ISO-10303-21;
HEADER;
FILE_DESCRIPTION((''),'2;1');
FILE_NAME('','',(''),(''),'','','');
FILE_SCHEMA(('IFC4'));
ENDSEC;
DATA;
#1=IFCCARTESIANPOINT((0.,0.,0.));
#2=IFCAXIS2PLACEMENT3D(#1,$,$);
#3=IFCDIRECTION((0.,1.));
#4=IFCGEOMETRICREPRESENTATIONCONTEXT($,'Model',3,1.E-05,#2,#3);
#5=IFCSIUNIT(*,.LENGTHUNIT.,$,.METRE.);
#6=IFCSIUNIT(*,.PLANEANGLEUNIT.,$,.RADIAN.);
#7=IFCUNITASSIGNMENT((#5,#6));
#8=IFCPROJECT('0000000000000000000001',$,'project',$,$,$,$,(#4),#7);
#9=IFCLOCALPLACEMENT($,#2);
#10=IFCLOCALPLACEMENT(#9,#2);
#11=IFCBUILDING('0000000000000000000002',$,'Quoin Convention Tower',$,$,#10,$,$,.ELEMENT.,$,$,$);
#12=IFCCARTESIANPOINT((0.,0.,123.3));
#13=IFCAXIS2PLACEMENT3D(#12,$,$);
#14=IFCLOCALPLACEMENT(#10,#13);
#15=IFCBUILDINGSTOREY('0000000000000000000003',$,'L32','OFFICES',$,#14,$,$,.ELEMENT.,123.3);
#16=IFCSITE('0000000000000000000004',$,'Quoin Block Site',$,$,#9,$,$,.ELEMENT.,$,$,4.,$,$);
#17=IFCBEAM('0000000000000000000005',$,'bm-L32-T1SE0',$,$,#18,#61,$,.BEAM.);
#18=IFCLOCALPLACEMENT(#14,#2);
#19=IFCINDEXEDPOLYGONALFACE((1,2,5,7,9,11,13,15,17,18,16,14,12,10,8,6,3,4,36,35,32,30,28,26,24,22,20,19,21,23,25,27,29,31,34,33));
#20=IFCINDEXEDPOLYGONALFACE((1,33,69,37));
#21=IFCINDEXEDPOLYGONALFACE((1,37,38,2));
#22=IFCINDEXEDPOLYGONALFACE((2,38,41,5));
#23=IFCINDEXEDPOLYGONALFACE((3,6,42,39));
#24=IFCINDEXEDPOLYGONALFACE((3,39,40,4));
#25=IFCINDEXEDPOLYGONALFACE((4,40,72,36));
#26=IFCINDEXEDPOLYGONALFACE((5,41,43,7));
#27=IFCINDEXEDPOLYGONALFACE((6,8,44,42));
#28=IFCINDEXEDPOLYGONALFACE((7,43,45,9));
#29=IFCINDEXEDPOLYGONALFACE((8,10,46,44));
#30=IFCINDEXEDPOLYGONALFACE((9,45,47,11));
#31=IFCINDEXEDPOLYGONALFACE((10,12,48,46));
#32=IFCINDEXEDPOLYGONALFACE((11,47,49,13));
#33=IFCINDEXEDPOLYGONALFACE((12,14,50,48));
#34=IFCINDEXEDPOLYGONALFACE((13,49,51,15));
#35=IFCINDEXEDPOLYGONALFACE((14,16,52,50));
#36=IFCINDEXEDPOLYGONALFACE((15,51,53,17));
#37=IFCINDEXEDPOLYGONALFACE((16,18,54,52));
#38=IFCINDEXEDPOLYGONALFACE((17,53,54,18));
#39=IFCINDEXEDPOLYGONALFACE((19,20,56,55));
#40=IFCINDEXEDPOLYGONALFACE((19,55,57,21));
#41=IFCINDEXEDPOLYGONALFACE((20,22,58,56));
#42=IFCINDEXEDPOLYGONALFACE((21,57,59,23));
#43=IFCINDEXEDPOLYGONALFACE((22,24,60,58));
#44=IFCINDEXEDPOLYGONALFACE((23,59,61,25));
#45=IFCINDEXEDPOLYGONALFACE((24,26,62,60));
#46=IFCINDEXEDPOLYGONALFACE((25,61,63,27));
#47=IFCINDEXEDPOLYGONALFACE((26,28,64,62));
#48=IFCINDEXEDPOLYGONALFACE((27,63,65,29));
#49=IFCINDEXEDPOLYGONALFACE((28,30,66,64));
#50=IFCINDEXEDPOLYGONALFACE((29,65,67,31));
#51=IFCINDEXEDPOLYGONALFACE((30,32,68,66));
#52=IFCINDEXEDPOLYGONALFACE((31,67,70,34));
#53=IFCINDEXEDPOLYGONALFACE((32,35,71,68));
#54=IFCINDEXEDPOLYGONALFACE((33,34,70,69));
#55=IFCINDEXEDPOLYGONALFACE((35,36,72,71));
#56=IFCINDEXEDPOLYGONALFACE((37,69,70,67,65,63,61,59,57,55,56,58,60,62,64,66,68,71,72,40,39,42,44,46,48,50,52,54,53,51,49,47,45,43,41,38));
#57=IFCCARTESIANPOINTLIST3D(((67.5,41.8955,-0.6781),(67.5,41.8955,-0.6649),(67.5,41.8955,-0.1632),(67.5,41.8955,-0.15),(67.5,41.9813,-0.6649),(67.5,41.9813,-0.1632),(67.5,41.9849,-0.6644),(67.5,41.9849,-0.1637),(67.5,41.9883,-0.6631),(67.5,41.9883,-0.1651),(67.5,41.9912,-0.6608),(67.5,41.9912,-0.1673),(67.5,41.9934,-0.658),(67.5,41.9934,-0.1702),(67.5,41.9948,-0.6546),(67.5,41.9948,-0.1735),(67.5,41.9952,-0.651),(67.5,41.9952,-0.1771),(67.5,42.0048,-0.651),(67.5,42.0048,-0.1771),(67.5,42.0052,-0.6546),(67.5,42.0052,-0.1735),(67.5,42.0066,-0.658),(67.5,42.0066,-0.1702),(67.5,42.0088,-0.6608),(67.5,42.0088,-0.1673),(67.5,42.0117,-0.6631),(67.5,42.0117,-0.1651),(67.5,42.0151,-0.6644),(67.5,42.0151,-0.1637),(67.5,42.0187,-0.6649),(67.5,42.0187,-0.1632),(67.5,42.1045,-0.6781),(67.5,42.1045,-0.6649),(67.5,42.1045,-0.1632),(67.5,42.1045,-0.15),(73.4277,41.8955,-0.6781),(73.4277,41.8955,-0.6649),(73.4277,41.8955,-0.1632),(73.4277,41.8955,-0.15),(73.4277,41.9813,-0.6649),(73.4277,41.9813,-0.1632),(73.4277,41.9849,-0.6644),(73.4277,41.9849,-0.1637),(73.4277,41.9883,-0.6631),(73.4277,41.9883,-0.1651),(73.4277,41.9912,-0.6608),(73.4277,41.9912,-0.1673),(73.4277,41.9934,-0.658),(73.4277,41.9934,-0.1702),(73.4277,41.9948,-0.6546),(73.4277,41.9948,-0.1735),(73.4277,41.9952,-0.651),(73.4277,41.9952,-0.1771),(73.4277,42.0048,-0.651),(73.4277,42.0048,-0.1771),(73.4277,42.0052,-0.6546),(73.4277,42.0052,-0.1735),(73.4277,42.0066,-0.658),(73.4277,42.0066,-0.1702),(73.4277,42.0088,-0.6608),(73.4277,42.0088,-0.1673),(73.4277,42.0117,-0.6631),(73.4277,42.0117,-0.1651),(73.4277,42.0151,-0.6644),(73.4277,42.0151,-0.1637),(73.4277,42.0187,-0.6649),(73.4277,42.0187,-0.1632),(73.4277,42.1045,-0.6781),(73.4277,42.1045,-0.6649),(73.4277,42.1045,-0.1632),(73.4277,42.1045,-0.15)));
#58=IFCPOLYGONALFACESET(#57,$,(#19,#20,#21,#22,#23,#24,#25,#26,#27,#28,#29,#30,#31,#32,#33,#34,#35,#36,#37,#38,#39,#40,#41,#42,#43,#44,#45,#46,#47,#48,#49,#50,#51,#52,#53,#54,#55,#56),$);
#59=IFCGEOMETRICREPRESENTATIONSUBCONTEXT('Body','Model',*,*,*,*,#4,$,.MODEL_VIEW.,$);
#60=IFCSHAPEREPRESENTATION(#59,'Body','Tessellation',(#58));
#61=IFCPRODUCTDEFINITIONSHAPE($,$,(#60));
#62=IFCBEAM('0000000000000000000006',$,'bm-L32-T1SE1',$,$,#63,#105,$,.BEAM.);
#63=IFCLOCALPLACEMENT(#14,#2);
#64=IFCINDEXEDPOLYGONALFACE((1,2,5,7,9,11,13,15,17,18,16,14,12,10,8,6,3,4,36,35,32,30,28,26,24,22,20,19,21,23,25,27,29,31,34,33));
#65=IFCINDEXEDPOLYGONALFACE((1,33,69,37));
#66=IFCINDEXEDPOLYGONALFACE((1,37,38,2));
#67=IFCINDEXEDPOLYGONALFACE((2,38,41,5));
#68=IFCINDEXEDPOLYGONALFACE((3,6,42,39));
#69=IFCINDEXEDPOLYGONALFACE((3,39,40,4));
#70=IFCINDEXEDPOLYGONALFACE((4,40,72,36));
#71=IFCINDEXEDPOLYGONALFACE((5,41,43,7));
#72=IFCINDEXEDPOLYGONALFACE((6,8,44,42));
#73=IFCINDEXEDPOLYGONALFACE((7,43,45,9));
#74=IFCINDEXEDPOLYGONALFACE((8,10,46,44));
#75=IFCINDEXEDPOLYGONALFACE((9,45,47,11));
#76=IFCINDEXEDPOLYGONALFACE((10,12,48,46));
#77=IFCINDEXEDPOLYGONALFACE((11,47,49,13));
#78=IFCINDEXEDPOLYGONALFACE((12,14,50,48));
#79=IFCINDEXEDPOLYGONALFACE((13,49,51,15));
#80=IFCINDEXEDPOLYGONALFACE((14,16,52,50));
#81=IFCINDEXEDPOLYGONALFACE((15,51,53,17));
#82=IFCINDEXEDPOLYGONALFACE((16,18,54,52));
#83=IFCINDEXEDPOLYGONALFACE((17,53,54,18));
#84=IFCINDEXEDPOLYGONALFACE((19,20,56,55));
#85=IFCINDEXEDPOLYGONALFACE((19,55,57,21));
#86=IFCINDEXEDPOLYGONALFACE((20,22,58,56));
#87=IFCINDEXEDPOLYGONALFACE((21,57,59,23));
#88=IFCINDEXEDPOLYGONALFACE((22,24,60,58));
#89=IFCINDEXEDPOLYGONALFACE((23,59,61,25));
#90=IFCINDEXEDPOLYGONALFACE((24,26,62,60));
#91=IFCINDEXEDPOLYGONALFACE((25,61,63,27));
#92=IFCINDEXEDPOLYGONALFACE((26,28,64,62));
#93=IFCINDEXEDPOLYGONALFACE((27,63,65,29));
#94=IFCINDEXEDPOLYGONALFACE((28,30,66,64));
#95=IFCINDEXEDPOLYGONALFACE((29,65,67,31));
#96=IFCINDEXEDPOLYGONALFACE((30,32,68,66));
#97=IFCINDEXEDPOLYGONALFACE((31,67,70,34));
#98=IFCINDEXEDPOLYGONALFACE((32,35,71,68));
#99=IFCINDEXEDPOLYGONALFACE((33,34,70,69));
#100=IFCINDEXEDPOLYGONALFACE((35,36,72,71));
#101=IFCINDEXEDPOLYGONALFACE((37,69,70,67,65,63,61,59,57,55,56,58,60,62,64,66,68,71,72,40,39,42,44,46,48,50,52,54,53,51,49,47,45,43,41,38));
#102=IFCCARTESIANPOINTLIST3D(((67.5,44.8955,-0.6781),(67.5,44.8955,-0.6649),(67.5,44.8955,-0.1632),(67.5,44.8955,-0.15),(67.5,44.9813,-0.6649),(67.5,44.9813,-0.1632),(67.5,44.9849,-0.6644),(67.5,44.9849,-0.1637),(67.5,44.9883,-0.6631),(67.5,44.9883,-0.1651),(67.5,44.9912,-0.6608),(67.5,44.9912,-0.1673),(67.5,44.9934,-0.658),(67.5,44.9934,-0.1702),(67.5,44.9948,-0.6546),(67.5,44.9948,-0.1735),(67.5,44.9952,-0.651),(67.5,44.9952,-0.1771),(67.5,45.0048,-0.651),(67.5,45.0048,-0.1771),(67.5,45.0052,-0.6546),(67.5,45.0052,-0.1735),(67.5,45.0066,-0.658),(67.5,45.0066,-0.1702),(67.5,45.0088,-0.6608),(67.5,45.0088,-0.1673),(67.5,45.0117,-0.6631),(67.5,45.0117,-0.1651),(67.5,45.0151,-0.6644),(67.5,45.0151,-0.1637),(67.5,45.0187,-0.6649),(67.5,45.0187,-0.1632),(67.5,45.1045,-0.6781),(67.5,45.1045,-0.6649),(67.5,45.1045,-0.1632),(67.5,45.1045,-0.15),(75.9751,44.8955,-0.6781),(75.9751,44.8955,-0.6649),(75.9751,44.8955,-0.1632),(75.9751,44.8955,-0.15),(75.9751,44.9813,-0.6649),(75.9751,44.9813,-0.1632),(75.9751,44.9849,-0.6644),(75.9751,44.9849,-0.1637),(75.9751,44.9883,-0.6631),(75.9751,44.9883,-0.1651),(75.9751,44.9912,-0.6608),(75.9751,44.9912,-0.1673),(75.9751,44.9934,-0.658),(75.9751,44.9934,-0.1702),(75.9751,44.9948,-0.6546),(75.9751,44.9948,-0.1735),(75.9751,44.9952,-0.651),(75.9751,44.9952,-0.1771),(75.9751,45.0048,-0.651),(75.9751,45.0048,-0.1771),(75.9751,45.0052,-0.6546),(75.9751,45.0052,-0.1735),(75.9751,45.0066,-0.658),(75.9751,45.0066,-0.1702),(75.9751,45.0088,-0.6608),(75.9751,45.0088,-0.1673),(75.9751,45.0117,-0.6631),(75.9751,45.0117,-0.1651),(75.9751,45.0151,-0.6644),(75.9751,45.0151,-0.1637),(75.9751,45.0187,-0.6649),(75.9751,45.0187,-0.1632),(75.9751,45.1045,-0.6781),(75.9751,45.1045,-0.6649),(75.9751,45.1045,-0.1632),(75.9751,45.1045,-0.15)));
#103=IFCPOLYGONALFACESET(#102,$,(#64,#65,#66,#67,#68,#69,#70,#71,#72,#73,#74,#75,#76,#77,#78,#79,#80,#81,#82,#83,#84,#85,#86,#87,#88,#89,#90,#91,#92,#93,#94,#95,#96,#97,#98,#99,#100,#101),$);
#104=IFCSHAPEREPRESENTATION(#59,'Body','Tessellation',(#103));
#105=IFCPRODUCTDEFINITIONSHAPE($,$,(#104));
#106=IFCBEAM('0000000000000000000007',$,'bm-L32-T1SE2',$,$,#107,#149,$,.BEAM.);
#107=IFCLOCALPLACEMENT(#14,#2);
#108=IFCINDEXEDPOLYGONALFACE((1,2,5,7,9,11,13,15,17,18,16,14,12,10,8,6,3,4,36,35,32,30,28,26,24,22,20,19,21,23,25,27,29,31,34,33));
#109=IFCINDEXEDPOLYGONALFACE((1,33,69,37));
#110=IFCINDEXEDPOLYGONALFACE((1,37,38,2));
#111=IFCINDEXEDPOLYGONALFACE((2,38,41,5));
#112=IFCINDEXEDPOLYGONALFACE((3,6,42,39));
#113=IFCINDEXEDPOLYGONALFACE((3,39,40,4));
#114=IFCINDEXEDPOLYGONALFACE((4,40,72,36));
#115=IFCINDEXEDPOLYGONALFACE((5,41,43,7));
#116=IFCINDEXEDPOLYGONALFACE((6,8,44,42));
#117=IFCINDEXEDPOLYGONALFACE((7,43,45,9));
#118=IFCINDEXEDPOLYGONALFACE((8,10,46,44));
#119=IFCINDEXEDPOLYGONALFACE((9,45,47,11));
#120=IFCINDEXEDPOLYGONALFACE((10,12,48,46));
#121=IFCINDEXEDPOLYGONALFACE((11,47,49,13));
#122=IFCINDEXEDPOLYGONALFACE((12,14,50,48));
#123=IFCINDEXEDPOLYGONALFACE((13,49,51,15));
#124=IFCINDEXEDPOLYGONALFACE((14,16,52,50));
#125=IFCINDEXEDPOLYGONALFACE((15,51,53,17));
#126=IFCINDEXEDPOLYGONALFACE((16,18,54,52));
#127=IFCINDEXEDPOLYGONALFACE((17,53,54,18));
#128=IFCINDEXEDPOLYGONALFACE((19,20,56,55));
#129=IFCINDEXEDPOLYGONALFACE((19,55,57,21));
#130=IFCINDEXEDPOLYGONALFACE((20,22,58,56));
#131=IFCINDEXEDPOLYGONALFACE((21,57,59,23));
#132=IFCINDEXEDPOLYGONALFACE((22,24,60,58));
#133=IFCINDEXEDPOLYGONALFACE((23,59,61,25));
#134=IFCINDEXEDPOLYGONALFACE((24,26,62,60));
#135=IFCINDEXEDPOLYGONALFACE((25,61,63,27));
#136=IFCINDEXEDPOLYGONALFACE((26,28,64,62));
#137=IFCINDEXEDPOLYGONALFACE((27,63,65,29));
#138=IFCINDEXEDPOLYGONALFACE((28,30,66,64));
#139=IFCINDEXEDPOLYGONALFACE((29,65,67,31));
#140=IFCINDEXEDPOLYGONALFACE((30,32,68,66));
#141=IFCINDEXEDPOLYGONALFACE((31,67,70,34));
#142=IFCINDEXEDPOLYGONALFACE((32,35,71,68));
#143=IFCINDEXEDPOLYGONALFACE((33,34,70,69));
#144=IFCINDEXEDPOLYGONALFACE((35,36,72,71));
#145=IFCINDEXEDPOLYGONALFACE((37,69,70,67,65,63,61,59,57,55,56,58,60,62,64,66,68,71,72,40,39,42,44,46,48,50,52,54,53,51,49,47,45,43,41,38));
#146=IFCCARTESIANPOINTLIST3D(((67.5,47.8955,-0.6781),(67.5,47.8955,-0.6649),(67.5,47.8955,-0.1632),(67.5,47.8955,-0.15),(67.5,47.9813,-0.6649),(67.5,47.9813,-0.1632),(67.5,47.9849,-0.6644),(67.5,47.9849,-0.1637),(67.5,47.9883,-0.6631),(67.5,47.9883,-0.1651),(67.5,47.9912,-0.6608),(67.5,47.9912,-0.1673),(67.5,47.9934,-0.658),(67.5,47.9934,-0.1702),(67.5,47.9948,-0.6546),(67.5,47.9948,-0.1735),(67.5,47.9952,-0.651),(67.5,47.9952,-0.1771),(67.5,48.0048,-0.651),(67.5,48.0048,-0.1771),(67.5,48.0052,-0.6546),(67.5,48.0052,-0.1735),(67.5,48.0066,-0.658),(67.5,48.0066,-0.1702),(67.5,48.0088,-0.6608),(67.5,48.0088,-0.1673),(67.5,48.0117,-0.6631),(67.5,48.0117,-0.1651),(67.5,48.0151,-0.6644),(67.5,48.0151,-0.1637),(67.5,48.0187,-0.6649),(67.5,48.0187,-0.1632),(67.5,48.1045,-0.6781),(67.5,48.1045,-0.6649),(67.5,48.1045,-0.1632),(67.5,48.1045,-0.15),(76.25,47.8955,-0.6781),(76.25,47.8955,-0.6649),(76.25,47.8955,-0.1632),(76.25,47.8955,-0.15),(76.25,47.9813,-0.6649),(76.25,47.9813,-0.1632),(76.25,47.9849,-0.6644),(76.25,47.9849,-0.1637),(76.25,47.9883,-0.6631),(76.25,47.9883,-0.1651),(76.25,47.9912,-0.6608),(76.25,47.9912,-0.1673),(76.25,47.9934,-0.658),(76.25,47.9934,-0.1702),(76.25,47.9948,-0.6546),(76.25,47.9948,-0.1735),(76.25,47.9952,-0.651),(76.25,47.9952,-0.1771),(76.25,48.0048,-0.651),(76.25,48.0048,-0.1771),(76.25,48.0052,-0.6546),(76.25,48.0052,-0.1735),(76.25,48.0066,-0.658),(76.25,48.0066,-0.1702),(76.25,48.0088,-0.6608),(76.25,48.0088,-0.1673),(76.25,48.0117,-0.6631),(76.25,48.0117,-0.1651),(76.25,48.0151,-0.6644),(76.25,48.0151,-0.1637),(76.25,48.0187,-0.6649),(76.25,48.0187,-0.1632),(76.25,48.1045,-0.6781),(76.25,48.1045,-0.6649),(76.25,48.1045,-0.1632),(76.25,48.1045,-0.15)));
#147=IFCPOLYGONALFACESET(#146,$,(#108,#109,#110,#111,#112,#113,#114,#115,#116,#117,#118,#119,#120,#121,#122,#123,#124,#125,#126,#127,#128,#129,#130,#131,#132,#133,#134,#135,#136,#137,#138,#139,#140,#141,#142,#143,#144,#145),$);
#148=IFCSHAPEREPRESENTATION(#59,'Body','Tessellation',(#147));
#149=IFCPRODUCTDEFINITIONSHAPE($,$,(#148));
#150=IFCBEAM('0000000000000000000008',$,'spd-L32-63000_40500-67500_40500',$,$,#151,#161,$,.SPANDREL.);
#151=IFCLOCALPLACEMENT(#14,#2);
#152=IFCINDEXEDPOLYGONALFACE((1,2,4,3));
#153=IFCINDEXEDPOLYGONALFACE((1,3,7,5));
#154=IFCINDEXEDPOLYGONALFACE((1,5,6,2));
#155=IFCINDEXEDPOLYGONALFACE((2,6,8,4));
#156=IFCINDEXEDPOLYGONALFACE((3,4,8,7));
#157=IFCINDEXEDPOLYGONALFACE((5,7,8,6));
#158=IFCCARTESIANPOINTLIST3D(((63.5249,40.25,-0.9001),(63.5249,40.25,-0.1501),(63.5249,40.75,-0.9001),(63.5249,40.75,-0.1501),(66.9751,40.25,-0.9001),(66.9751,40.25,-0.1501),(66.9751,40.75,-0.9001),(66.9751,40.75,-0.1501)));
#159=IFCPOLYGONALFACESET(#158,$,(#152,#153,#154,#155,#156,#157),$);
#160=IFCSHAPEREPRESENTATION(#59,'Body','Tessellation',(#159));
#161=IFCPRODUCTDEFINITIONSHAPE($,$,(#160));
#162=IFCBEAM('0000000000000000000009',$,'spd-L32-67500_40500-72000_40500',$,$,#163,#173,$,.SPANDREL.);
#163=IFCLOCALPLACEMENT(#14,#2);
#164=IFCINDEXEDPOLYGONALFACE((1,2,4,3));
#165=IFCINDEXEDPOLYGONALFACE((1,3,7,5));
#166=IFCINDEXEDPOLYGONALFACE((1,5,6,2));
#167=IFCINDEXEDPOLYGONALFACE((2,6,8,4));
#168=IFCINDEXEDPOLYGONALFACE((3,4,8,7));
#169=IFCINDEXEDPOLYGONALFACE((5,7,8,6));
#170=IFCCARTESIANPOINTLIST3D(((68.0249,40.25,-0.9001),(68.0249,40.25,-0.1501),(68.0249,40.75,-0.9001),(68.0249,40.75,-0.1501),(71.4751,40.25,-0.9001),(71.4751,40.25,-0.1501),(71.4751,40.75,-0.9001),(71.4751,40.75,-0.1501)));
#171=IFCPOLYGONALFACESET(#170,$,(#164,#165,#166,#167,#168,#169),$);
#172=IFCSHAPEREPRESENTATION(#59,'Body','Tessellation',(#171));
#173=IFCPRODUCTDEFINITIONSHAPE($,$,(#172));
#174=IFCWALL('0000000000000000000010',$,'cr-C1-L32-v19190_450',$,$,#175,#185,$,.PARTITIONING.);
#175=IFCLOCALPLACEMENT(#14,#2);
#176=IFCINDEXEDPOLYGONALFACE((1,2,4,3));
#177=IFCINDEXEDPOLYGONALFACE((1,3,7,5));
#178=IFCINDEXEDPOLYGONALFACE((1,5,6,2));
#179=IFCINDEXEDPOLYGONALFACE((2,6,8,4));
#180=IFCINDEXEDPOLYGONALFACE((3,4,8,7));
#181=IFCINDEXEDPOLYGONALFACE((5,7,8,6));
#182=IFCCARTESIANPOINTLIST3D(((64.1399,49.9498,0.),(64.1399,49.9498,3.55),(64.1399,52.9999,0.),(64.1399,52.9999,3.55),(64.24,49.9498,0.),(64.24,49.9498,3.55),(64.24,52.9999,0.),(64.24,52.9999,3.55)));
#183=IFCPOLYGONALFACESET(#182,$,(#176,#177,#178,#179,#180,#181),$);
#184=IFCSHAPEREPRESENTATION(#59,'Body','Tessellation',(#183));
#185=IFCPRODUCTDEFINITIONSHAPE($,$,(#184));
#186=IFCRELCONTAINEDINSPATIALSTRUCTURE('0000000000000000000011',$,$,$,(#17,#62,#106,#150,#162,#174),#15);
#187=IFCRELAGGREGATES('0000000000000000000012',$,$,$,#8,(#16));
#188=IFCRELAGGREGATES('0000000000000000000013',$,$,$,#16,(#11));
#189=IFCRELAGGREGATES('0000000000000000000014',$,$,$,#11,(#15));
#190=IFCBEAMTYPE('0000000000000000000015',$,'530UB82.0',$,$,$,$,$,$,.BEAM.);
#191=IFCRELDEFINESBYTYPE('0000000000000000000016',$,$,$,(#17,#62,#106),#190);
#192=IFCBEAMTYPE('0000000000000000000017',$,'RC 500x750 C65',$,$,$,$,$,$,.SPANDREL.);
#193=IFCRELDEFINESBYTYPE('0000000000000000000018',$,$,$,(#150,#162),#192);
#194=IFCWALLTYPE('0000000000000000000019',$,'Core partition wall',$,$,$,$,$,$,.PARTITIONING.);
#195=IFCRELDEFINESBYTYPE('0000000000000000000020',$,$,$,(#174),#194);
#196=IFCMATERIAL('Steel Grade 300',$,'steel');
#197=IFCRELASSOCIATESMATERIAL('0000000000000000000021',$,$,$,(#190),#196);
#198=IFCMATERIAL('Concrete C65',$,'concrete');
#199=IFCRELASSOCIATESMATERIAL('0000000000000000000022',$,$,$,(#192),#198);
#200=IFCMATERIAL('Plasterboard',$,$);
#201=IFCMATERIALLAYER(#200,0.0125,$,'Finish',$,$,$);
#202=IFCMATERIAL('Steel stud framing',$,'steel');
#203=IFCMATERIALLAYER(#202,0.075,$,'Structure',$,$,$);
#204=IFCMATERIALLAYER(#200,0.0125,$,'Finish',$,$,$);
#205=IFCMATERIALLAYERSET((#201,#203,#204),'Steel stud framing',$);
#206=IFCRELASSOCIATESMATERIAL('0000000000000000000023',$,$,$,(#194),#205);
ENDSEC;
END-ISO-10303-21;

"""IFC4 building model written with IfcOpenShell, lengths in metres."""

from ifc_helpers import new_model, si_unit, direction, frame, frame_2d, origin, origin_2d, place, context, subcontext, project, spatial, rectangle, i_section, extrude, material, layer, layer_set, material_profile, profile_set, type_object, element, save


model = new_model("IFC4")

# Units and contexts
model_context = context("Model", 3, precision=1e-05, world=origin(), true_north=direction((0.0, 1.0)))
body_context = subcontext(model_context, "Body", "Model", "MODEL_VIEW")
ifc_project = project(units=[si_unit("LENGTHUNIT", "METRE"), si_unit("PLANEANGLEUNIT", "RADIAN")], contexts=[model_context])

# Site, building, storey
site_placement = place(None, origin())
site = spatial("IfcSite", under=ifc_project, at=site_placement, Name="Quoin Block Site", CompositionType="ELEMENT", RefElevation=4.0)
building_placement = place(site_placement, origin())
building = spatial("IfcBuilding", under=site, at=building_placement, Name="Quoin Convention Tower", CompositionType="ELEMENT")
storey_placement = place(building_placement, frame((0.0, 0.0, 123.3)))
storey = spatial("IfcBuildingStorey", under=building, at=storey_placement, Name="L32", Description="OFFICES", CompositionType="ELEMENT", Elevation=123.3)

# Shared definitions
ifc_material_1 = material(Name="Concrete C65", Category="concrete")

# Beams
ifc_material_2 = material(Name="Steel Grade 300", Category="steel")
ifc_material_profile_1 = material_profile(ifc_material_2, i_section(OverallWidth=0.209, OverallDepth=0.5281, WebThickness=0.0095, FlangeThickness=0.0132, FilletRadius=0.0139, at=origin_2d()), Name="530UB82.0")
ifc_profile_set_1 = profile_set([ifc_material_profile_1], Name="Steel Grade 300")
beam_type_1 = type_object("IfcBeamType", Name="530UB82.0", PredefinedType="BEAM", material=ifc_profile_set_1)
beam_1_placement = place(storey_placement, frame((67.5, 42.0, -0.4141), z_axis=(1.0, 0.0, 0.0), x_axis=(0.0, 1.0, 0.0)))
element("IfcBeam", 1, at=beam_1_placement, inside=storey, type_object=beam_type_1, Name="bm-L32-T1SE0", PredefinedType="BEAM", context=body_context, shape_type="SweptSolid", body=[
    extrude(i_section(OverallWidth=0.209, OverallDepth=0.5281, WebThickness=0.0095, FlangeThickness=0.0132, FilletRadius=0.0139, at=origin_2d()), origin(), (0.0, 0.0, 1.0), 5.9277),
])
beam_2_placement = place(storey_placement, frame((67.5, 45.0, -0.4141), z_axis=(1.0, 0.0, 0.0), x_axis=(0.0, 1.0, 0.0)))
element("IfcBeam", 2, at=beam_2_placement, inside=storey, type_object=beam_type_1, Name="bm-L32-T1SE1", PredefinedType="BEAM", context=body_context, shape_type="SweptSolid", body=[
    extrude(i_section(OverallWidth=0.209, OverallDepth=0.5281, WebThickness=0.0095, FlangeThickness=0.0132, FilletRadius=0.0139, at=origin_2d()), origin(), (0.0, 0.0, 1.0), 8.4751),
])
beam_3_placement = place(storey_placement, frame((67.5, 48.0, -0.4141), z_axis=(1.0, 0.0, 0.0), x_axis=(0.0, 1.0, 0.0)))
element("IfcBeam", 3, at=beam_3_placement, inside=storey, type_object=beam_type_1, Name="bm-L32-T1SE2", PredefinedType="BEAM", context=body_context, shape_type="SweptSolid", body=[
    extrude(i_section(OverallWidth=0.209, OverallDepth=0.5281, WebThickness=0.0095, FlangeThickness=0.0132, FilletRadius=0.0139, at=origin_2d()), origin(), (0.0, 0.0, 1.0), 8.75),
])
ifc_material_profile_2 = material_profile(ifc_material_1, rectangle(XDim=0.5, YDim=0.75, at=origin_2d()), Name="RC 500x750")
ifc_profile_set_2 = profile_set([ifc_material_profile_2], Name="Concrete C65")
beam_type_2 = type_object("IfcBeamType", Name="RC 500x750 C65", PredefinedType="SPANDREL", material=ifc_profile_set_2)
for number, where, z_axis, x_axis, name in (
    (4, (63.5249, 40.5, -0.5251), (1.0, 0.0, 0.0), (0.0, 1.0, 0.0), "spd-L32-63000_40500-67500_40500"),
    (5, (68.0249, 40.5, -0.5251), (1.0, 0.0, 0.0), (0.0, 1.0, 0.0), "spd-L32-67500_40500-72000_40500"),
):
    element("IfcBeam", number, at=place(storey_placement, frame(where, z_axis=z_axis, x_axis=x_axis)), inside=storey, type_object=beam_type_2, Name=name, PredefinedType="SPANDREL", context=body_context, shape_type="SweptSolid", body=[
        extrude(rectangle(XDim=0.5, YDim=0.75, at=origin_2d()), origin(), (0.0, 0.0, 1.0), 3.4502),
    ])

# Wall
ifc_material_3 = material(Name="Plasterboard")
ifc_layer_1 = layer(ifc_material_3, 0.0125, Name="Finish")
ifc_material_4 = material(Name="Steel stud framing", Category="steel")
ifc_layer_2 = layer(ifc_material_4, 0.075, Name="Structure")
ifc_layer_3 = layer(ifc_material_3, 0.0125, Name="Finish")
ifc_layer_set_1 = layer_set([ifc_layer_1, ifc_layer_2, ifc_layer_3], Name="Steel stud framing")
wall_type_1 = type_object("IfcWallType", Name="Core partition wall", PredefinedType="PARTITIONING", material=ifc_layer_set_1)
wall_1_placement = place(storey_placement, frame((64.1899, 49.95, 0.0), z_axis=(0.0, 0.0, 1.0), x_axis=(0.0, 1.0, 0.0)))
element("IfcWall", 6, at=wall_1_placement, inside=storey, type_object=wall_type_1, Name="cr-C1-L32-v19190_450", PredefinedType="PARTITIONING", context=body_context, shape_type="SweptSolid", body=[
    extrude(rectangle(XDim=3.05, YDim=0.1001, at=frame_2d((1.5249, 0.0))), origin(), (0.0, 0.0, 1.0), 3.55),
])

save(model, "model.ifc")
